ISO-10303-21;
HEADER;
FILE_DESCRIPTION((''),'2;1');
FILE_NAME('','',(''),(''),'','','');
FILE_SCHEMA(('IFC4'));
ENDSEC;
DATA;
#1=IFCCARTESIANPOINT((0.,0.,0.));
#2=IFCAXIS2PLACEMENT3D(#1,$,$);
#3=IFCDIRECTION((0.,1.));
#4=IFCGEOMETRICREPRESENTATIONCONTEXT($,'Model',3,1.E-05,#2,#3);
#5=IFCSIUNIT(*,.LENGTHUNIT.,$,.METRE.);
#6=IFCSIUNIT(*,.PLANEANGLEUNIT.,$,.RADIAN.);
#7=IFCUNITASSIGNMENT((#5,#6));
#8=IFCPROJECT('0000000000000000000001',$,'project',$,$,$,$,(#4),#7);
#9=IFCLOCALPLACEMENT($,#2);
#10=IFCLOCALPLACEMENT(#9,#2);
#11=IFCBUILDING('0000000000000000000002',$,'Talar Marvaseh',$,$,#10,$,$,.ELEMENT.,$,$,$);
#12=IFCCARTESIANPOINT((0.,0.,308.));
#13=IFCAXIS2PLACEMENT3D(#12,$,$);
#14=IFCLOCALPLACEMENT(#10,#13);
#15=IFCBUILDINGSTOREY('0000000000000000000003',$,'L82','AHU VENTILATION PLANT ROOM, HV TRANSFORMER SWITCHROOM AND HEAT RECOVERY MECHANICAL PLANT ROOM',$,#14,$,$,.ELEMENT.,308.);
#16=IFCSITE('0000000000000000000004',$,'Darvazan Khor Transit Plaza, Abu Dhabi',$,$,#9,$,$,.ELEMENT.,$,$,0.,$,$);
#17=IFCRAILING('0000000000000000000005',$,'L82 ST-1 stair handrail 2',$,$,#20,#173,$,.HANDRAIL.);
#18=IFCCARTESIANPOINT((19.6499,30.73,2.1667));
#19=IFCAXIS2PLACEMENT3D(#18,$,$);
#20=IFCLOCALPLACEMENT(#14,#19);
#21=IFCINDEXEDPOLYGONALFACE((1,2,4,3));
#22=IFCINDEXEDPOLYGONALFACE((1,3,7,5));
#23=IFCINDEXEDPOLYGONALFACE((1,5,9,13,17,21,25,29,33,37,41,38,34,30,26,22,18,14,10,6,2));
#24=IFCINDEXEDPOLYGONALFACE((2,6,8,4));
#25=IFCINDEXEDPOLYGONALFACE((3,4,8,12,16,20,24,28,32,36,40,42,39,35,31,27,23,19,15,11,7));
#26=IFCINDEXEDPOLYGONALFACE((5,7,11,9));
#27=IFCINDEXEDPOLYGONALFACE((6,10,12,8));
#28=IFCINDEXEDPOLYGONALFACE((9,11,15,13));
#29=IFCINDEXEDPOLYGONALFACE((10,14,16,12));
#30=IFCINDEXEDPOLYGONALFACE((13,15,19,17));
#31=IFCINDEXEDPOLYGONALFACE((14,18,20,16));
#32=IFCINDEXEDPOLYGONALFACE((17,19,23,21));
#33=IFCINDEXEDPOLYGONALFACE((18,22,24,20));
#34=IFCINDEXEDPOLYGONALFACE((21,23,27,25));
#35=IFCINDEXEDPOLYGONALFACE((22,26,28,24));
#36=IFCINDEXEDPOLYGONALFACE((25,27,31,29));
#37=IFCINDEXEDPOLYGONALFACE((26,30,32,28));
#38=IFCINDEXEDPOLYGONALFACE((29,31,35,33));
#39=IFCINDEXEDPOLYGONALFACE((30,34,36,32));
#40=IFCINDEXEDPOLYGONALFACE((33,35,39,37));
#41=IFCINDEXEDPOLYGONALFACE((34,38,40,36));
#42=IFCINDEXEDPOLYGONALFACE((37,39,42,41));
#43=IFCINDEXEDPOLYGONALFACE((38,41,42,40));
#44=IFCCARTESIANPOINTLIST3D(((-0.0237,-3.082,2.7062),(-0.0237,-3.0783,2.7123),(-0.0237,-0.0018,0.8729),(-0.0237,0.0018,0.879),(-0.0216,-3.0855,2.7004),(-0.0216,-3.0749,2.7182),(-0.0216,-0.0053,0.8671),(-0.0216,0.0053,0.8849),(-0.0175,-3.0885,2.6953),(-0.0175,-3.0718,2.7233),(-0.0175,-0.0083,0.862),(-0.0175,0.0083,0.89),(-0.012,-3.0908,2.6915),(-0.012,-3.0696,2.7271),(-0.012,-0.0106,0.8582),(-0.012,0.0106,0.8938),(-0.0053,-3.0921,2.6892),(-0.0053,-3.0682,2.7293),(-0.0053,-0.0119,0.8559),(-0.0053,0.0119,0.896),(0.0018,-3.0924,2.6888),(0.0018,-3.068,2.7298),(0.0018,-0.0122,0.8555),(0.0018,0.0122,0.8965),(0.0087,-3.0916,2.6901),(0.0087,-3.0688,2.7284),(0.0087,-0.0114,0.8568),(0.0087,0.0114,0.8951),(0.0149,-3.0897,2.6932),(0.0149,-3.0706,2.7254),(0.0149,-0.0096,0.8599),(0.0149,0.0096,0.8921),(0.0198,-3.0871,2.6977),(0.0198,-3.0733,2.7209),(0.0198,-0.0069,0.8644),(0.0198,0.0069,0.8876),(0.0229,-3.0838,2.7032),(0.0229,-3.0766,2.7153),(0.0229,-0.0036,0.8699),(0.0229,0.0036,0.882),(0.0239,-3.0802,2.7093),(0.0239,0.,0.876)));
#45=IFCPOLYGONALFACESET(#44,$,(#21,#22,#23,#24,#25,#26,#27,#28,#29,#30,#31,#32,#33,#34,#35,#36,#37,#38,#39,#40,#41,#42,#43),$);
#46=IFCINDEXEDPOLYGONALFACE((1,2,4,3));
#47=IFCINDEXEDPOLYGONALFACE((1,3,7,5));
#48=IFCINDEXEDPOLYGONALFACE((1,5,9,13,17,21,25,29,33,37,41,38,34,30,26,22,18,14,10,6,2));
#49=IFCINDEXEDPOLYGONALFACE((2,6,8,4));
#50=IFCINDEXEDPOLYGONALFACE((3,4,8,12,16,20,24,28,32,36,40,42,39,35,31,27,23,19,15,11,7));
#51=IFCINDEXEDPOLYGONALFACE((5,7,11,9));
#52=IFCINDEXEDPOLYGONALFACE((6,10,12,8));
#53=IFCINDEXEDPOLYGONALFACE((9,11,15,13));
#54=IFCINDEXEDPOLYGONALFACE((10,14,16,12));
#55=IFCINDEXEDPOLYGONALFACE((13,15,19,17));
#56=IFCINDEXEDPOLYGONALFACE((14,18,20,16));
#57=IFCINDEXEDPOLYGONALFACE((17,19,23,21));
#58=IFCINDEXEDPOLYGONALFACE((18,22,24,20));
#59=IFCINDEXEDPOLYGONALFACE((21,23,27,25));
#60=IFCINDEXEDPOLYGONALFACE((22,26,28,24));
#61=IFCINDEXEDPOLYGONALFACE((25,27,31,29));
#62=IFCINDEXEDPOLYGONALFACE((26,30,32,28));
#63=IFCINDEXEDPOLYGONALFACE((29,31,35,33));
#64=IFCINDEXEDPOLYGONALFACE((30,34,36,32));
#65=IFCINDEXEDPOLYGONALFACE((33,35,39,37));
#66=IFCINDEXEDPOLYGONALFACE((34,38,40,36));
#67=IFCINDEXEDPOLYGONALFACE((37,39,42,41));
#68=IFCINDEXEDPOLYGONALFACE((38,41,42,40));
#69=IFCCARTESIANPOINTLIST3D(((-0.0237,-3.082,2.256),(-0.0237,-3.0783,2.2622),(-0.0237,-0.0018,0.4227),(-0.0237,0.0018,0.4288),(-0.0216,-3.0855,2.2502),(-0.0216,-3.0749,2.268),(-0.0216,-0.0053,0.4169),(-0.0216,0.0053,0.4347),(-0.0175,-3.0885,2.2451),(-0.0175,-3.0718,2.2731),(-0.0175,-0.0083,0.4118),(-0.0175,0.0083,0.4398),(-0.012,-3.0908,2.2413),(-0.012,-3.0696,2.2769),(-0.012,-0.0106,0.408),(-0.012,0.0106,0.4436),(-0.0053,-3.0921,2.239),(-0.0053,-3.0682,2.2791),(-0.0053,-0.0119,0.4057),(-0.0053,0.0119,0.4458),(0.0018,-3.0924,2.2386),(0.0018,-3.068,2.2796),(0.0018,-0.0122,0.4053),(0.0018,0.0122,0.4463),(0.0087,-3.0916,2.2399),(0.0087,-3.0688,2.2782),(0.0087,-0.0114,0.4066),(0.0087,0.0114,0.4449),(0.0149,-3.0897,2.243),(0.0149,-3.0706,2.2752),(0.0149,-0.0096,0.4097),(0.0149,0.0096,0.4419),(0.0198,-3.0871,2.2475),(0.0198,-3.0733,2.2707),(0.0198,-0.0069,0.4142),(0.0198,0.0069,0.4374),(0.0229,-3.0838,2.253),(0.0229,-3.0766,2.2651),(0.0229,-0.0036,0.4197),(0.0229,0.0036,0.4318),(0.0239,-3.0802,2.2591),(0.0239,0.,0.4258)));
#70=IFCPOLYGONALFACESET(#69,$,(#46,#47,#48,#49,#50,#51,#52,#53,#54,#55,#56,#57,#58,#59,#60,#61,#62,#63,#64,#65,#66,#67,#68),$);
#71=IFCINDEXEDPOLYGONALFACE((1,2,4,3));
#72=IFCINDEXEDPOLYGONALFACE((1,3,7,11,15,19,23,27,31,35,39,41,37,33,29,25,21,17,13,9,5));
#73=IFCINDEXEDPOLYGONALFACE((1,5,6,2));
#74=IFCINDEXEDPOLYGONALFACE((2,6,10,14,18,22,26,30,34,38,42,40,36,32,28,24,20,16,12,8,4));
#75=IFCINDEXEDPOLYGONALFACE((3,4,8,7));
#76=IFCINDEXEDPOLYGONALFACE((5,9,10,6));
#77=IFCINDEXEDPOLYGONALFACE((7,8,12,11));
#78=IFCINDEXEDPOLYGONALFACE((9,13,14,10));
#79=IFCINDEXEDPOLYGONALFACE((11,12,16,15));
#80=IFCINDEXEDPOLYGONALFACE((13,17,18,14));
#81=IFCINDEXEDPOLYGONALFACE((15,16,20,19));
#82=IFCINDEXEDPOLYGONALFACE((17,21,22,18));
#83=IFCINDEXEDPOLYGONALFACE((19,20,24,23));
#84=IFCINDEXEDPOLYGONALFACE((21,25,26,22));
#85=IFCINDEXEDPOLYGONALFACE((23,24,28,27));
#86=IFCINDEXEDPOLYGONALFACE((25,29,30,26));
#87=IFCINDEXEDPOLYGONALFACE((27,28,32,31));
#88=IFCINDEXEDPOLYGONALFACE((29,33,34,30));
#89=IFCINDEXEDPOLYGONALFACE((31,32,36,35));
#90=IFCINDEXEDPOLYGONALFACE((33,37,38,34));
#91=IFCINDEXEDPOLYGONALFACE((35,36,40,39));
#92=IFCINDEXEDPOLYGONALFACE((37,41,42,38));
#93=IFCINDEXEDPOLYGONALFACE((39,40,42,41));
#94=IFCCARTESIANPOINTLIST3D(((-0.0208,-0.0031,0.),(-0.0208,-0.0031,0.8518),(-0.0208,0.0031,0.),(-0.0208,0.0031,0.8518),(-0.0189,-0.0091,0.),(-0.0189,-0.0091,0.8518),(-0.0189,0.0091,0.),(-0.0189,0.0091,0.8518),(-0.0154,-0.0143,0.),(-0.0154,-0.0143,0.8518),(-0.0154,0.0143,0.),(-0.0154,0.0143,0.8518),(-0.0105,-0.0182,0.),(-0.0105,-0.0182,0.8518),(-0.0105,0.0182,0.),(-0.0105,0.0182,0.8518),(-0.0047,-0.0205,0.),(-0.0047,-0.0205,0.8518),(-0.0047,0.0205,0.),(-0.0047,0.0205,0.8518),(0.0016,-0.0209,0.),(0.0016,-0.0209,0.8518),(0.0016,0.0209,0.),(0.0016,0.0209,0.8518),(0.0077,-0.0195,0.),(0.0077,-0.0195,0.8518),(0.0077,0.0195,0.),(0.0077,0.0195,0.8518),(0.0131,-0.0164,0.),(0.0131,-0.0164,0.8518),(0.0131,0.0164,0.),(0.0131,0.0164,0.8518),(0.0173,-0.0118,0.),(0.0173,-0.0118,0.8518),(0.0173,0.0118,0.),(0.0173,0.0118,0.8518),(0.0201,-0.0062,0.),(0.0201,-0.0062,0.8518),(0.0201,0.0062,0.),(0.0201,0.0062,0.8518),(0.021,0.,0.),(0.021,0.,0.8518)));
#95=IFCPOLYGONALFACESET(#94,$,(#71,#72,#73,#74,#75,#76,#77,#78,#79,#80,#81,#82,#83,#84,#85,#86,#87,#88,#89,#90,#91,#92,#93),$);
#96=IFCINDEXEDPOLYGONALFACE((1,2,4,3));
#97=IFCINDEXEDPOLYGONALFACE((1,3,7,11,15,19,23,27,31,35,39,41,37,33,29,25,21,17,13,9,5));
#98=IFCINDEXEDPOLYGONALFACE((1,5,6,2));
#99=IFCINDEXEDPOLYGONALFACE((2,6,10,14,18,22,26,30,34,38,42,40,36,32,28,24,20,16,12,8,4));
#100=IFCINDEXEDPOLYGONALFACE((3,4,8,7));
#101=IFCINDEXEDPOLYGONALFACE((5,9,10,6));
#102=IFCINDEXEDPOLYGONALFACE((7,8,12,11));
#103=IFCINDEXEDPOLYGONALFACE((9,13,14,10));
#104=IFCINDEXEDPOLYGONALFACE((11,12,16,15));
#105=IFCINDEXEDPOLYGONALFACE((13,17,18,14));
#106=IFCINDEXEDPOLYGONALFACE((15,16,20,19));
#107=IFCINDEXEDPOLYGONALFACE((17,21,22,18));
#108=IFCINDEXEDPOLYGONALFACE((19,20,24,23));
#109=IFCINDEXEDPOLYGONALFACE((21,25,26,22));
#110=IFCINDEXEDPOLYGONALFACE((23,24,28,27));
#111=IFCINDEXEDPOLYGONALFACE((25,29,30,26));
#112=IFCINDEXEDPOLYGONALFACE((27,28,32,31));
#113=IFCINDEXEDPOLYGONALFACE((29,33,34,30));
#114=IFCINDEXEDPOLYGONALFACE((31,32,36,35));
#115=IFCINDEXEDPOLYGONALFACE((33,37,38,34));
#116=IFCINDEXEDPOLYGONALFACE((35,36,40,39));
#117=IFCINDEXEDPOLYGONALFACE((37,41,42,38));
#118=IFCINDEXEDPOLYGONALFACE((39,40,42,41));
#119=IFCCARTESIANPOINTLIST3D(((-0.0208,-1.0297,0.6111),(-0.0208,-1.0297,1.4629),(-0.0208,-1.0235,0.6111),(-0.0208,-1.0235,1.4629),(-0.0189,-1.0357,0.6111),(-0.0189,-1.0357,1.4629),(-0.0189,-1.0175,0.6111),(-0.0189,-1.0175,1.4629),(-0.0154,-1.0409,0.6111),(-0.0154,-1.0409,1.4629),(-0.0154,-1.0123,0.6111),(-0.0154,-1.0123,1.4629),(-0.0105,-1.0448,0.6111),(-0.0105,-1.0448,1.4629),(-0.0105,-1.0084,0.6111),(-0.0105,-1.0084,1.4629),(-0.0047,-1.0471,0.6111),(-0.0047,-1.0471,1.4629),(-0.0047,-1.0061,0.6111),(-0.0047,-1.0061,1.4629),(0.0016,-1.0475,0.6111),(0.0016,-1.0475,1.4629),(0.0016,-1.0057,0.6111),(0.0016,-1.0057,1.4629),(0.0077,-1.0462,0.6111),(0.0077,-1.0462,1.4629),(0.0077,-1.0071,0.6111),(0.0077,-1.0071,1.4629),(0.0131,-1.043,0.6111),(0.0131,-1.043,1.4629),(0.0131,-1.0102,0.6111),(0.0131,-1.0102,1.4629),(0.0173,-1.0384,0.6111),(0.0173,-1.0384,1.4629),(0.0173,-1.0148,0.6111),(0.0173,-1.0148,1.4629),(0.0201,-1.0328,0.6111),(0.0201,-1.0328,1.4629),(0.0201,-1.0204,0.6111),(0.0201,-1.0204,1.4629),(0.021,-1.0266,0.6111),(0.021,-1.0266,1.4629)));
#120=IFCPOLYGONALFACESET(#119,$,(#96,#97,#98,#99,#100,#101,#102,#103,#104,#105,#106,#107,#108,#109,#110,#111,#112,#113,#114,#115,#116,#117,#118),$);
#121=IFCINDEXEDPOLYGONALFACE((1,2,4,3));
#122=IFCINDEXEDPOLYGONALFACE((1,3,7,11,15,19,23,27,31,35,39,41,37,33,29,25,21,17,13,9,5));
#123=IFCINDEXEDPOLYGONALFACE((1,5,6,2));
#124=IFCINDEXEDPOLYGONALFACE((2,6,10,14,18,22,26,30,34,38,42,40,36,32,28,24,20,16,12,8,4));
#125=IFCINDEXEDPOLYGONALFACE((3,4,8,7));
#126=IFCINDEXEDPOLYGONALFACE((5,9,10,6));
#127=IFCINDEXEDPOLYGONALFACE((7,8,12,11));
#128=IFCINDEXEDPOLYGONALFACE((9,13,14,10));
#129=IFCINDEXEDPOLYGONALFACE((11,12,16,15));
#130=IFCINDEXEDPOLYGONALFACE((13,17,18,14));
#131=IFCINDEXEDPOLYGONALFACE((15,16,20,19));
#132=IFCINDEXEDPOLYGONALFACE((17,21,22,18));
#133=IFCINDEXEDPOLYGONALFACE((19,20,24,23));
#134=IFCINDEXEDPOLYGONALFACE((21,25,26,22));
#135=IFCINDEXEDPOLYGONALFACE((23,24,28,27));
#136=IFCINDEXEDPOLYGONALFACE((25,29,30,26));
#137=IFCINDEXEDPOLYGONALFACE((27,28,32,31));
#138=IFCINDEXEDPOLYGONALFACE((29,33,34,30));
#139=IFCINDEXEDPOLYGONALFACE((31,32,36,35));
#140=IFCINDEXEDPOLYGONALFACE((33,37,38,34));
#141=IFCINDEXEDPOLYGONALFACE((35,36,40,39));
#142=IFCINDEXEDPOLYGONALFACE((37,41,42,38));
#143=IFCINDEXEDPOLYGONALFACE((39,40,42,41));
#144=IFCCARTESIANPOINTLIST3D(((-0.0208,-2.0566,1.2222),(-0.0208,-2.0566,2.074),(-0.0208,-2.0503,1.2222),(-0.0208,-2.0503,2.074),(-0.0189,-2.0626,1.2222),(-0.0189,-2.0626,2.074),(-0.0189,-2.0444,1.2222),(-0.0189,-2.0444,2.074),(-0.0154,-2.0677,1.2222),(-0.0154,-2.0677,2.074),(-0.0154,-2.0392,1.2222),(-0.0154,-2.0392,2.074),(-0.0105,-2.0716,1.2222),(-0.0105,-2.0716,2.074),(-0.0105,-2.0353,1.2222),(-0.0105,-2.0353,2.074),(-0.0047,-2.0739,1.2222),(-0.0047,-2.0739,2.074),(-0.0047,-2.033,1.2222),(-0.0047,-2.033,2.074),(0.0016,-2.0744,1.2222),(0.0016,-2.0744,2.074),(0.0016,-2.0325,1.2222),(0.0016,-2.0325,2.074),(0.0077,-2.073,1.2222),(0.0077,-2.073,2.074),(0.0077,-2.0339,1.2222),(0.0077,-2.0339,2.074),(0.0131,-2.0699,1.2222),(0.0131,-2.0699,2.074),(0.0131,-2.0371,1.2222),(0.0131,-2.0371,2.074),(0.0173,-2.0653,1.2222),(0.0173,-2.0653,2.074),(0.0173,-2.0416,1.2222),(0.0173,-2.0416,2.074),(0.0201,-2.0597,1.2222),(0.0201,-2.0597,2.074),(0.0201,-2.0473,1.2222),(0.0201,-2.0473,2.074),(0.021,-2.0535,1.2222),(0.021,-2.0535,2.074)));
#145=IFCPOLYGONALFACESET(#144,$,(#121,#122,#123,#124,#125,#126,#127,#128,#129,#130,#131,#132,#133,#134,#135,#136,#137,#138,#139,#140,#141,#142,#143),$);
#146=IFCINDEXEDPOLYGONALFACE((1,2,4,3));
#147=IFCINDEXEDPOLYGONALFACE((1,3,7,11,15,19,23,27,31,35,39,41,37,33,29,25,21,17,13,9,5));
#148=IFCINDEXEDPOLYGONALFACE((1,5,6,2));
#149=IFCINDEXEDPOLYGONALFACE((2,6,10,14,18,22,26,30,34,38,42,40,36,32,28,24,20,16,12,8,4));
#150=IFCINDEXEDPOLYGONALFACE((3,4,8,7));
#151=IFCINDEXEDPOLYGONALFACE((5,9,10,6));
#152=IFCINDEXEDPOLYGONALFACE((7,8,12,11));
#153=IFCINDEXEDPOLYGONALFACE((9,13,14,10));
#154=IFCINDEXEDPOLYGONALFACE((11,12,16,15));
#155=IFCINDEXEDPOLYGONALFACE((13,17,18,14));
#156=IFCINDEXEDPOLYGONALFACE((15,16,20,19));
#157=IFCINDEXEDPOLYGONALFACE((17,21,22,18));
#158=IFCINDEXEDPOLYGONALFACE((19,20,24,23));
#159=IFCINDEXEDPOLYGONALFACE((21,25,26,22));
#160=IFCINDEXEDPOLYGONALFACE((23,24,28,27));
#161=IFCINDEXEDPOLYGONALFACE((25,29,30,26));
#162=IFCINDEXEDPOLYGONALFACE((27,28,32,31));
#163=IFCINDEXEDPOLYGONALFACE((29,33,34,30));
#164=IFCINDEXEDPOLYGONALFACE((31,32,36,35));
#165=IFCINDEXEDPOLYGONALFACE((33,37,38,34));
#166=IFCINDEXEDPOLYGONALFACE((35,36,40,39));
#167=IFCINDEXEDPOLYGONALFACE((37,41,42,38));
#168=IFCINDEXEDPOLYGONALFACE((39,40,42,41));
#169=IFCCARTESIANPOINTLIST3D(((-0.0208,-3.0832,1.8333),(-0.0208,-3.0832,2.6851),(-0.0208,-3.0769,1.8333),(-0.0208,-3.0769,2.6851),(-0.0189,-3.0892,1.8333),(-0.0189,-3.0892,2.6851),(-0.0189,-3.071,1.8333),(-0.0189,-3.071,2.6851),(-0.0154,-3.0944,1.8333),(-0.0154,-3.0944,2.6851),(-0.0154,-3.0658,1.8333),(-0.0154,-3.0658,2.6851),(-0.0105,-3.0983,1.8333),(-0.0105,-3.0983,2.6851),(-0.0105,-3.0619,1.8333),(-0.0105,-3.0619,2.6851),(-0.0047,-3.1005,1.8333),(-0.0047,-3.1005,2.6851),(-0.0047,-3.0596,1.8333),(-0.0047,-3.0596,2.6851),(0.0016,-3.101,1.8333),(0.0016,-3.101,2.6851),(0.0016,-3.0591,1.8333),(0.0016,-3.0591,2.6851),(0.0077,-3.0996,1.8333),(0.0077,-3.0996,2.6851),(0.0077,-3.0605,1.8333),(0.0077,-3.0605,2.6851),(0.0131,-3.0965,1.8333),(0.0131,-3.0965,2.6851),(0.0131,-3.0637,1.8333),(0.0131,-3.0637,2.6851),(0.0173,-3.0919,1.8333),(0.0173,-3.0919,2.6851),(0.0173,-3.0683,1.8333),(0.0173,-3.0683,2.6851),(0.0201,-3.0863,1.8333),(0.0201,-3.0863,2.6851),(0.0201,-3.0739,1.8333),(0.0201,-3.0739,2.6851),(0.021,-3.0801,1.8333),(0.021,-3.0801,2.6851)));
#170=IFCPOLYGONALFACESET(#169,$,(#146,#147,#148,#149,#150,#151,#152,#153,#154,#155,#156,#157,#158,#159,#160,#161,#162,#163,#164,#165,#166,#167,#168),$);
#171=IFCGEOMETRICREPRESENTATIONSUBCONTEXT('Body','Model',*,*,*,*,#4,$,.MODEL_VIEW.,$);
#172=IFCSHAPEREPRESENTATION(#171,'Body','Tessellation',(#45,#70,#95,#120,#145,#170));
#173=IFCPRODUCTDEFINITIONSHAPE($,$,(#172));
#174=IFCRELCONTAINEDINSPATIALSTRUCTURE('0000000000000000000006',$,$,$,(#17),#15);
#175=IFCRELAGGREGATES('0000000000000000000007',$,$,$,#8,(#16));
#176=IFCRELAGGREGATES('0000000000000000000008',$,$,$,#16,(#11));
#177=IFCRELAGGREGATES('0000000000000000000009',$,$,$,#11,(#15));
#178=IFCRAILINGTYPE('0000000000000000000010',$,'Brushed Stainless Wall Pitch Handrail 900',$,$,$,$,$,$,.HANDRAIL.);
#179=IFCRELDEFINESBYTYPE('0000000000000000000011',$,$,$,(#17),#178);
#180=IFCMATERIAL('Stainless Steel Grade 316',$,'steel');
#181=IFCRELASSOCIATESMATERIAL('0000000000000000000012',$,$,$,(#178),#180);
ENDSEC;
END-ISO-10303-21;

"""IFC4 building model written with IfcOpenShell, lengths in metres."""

from ifc_helpers import new_model, si_unit, direction, frame, origin, origin_2d, place, context, subcontext, project, spatial, circle, extrude, material, type_object, element, save


model = new_model("IFC4")

# Units and contexts
model_context = context("Model", 3, precision=1e-05, world=origin(), true_north=direction((0.0, 1.0)))
body_context = subcontext(model_context, "Body", "Model", "MODEL_VIEW")
ifc_project = project(units=[si_unit("LENGTHUNIT", "METRE"), si_unit("PLANEANGLEUNIT", "RADIAN")], contexts=[model_context])

# Site, building, storey
site_placement = place(None, origin())
site = spatial("IfcSite", under=ifc_project, at=site_placement, Name="Darvazan Khor Transit Plaza, Abu Dhabi", CompositionType="ELEMENT", RefElevation=0.0)
building_placement = place(site_placement, origin())
building = spatial("IfcBuilding", under=site, at=building_placement, Name="Talar Marvaseh", CompositionType="ELEMENT")
storey_placement = place(building_placement, frame((0.0, 0.0, 308.0)))
storey = spatial("IfcBuildingStorey", under=building, at=storey_placement, Name="L82", Description="AHU VENTILATION PLANT ROOM, HV TRANSFORMER SWITCHROOM AND HEAT RECOVERY MECHANICAL PLANT ROOM", CompositionType="ELEMENT", Elevation=308.0)

# Shared definitions
ifc_material_1 = material(Name="Stainless Steel Grade 316", Category="steel")

# Railing
railing_type_1 = type_object("IfcRailingType", Name="Brushed Stainless Wall Pitch Handrail 900", PredefinedType="HANDRAIL", material=ifc_material_1)
railing_1_placement = place(storey_placement, frame((19.6499, 30.73, 2.1667)))
element("IfcRailing", 1, at=railing_1_placement, inside=storey, type_object=railing_type_1, Name="L82 ST-1 stair handrail 2", PredefinedType="HANDRAIL", context=body_context, shape_type="SweptSolid", body=[
    extrude(circle(Radius=0.0239, at=origin_2d()), frame((0.0, 0.0, 0.876), z_axis=(0.0, -0.859309, 0.511458), x_axis=(1.0, 0.0, 0.0)), (0.0, 0.0, 1.0), 3.5845),
    extrude(circle(Radius=0.0239, at=origin_2d()), frame((0.0, 0.0, 0.4258), z_axis=(0.0, -0.859309, 0.511458), x_axis=(1.0, 0.0, 0.0)), (0.0, 0.0, 1.0), 3.5845),
    extrude(circle(Radius=0.021, at=origin_2d()), origin(), (0.0, 0.0, 1.0), 0.8518),
    extrude(circle(Radius=0.021, at=origin_2d()), frame((0.0, -1.0266, 0.6111)), (0.0, 0.0, 1.0), 0.8518),
    extrude(circle(Radius=0.021, at=origin_2d()), frame((0.0, -2.0535, 1.2222)), (0.0, 0.0, 1.0), 0.8518),
    extrude(circle(Radius=0.021, at=origin_2d()), frame((0.0, -3.0801, 1.8333)), (0.0, 0.0, 1.0), 0.8518),
])

save(model, "model.ifc")
